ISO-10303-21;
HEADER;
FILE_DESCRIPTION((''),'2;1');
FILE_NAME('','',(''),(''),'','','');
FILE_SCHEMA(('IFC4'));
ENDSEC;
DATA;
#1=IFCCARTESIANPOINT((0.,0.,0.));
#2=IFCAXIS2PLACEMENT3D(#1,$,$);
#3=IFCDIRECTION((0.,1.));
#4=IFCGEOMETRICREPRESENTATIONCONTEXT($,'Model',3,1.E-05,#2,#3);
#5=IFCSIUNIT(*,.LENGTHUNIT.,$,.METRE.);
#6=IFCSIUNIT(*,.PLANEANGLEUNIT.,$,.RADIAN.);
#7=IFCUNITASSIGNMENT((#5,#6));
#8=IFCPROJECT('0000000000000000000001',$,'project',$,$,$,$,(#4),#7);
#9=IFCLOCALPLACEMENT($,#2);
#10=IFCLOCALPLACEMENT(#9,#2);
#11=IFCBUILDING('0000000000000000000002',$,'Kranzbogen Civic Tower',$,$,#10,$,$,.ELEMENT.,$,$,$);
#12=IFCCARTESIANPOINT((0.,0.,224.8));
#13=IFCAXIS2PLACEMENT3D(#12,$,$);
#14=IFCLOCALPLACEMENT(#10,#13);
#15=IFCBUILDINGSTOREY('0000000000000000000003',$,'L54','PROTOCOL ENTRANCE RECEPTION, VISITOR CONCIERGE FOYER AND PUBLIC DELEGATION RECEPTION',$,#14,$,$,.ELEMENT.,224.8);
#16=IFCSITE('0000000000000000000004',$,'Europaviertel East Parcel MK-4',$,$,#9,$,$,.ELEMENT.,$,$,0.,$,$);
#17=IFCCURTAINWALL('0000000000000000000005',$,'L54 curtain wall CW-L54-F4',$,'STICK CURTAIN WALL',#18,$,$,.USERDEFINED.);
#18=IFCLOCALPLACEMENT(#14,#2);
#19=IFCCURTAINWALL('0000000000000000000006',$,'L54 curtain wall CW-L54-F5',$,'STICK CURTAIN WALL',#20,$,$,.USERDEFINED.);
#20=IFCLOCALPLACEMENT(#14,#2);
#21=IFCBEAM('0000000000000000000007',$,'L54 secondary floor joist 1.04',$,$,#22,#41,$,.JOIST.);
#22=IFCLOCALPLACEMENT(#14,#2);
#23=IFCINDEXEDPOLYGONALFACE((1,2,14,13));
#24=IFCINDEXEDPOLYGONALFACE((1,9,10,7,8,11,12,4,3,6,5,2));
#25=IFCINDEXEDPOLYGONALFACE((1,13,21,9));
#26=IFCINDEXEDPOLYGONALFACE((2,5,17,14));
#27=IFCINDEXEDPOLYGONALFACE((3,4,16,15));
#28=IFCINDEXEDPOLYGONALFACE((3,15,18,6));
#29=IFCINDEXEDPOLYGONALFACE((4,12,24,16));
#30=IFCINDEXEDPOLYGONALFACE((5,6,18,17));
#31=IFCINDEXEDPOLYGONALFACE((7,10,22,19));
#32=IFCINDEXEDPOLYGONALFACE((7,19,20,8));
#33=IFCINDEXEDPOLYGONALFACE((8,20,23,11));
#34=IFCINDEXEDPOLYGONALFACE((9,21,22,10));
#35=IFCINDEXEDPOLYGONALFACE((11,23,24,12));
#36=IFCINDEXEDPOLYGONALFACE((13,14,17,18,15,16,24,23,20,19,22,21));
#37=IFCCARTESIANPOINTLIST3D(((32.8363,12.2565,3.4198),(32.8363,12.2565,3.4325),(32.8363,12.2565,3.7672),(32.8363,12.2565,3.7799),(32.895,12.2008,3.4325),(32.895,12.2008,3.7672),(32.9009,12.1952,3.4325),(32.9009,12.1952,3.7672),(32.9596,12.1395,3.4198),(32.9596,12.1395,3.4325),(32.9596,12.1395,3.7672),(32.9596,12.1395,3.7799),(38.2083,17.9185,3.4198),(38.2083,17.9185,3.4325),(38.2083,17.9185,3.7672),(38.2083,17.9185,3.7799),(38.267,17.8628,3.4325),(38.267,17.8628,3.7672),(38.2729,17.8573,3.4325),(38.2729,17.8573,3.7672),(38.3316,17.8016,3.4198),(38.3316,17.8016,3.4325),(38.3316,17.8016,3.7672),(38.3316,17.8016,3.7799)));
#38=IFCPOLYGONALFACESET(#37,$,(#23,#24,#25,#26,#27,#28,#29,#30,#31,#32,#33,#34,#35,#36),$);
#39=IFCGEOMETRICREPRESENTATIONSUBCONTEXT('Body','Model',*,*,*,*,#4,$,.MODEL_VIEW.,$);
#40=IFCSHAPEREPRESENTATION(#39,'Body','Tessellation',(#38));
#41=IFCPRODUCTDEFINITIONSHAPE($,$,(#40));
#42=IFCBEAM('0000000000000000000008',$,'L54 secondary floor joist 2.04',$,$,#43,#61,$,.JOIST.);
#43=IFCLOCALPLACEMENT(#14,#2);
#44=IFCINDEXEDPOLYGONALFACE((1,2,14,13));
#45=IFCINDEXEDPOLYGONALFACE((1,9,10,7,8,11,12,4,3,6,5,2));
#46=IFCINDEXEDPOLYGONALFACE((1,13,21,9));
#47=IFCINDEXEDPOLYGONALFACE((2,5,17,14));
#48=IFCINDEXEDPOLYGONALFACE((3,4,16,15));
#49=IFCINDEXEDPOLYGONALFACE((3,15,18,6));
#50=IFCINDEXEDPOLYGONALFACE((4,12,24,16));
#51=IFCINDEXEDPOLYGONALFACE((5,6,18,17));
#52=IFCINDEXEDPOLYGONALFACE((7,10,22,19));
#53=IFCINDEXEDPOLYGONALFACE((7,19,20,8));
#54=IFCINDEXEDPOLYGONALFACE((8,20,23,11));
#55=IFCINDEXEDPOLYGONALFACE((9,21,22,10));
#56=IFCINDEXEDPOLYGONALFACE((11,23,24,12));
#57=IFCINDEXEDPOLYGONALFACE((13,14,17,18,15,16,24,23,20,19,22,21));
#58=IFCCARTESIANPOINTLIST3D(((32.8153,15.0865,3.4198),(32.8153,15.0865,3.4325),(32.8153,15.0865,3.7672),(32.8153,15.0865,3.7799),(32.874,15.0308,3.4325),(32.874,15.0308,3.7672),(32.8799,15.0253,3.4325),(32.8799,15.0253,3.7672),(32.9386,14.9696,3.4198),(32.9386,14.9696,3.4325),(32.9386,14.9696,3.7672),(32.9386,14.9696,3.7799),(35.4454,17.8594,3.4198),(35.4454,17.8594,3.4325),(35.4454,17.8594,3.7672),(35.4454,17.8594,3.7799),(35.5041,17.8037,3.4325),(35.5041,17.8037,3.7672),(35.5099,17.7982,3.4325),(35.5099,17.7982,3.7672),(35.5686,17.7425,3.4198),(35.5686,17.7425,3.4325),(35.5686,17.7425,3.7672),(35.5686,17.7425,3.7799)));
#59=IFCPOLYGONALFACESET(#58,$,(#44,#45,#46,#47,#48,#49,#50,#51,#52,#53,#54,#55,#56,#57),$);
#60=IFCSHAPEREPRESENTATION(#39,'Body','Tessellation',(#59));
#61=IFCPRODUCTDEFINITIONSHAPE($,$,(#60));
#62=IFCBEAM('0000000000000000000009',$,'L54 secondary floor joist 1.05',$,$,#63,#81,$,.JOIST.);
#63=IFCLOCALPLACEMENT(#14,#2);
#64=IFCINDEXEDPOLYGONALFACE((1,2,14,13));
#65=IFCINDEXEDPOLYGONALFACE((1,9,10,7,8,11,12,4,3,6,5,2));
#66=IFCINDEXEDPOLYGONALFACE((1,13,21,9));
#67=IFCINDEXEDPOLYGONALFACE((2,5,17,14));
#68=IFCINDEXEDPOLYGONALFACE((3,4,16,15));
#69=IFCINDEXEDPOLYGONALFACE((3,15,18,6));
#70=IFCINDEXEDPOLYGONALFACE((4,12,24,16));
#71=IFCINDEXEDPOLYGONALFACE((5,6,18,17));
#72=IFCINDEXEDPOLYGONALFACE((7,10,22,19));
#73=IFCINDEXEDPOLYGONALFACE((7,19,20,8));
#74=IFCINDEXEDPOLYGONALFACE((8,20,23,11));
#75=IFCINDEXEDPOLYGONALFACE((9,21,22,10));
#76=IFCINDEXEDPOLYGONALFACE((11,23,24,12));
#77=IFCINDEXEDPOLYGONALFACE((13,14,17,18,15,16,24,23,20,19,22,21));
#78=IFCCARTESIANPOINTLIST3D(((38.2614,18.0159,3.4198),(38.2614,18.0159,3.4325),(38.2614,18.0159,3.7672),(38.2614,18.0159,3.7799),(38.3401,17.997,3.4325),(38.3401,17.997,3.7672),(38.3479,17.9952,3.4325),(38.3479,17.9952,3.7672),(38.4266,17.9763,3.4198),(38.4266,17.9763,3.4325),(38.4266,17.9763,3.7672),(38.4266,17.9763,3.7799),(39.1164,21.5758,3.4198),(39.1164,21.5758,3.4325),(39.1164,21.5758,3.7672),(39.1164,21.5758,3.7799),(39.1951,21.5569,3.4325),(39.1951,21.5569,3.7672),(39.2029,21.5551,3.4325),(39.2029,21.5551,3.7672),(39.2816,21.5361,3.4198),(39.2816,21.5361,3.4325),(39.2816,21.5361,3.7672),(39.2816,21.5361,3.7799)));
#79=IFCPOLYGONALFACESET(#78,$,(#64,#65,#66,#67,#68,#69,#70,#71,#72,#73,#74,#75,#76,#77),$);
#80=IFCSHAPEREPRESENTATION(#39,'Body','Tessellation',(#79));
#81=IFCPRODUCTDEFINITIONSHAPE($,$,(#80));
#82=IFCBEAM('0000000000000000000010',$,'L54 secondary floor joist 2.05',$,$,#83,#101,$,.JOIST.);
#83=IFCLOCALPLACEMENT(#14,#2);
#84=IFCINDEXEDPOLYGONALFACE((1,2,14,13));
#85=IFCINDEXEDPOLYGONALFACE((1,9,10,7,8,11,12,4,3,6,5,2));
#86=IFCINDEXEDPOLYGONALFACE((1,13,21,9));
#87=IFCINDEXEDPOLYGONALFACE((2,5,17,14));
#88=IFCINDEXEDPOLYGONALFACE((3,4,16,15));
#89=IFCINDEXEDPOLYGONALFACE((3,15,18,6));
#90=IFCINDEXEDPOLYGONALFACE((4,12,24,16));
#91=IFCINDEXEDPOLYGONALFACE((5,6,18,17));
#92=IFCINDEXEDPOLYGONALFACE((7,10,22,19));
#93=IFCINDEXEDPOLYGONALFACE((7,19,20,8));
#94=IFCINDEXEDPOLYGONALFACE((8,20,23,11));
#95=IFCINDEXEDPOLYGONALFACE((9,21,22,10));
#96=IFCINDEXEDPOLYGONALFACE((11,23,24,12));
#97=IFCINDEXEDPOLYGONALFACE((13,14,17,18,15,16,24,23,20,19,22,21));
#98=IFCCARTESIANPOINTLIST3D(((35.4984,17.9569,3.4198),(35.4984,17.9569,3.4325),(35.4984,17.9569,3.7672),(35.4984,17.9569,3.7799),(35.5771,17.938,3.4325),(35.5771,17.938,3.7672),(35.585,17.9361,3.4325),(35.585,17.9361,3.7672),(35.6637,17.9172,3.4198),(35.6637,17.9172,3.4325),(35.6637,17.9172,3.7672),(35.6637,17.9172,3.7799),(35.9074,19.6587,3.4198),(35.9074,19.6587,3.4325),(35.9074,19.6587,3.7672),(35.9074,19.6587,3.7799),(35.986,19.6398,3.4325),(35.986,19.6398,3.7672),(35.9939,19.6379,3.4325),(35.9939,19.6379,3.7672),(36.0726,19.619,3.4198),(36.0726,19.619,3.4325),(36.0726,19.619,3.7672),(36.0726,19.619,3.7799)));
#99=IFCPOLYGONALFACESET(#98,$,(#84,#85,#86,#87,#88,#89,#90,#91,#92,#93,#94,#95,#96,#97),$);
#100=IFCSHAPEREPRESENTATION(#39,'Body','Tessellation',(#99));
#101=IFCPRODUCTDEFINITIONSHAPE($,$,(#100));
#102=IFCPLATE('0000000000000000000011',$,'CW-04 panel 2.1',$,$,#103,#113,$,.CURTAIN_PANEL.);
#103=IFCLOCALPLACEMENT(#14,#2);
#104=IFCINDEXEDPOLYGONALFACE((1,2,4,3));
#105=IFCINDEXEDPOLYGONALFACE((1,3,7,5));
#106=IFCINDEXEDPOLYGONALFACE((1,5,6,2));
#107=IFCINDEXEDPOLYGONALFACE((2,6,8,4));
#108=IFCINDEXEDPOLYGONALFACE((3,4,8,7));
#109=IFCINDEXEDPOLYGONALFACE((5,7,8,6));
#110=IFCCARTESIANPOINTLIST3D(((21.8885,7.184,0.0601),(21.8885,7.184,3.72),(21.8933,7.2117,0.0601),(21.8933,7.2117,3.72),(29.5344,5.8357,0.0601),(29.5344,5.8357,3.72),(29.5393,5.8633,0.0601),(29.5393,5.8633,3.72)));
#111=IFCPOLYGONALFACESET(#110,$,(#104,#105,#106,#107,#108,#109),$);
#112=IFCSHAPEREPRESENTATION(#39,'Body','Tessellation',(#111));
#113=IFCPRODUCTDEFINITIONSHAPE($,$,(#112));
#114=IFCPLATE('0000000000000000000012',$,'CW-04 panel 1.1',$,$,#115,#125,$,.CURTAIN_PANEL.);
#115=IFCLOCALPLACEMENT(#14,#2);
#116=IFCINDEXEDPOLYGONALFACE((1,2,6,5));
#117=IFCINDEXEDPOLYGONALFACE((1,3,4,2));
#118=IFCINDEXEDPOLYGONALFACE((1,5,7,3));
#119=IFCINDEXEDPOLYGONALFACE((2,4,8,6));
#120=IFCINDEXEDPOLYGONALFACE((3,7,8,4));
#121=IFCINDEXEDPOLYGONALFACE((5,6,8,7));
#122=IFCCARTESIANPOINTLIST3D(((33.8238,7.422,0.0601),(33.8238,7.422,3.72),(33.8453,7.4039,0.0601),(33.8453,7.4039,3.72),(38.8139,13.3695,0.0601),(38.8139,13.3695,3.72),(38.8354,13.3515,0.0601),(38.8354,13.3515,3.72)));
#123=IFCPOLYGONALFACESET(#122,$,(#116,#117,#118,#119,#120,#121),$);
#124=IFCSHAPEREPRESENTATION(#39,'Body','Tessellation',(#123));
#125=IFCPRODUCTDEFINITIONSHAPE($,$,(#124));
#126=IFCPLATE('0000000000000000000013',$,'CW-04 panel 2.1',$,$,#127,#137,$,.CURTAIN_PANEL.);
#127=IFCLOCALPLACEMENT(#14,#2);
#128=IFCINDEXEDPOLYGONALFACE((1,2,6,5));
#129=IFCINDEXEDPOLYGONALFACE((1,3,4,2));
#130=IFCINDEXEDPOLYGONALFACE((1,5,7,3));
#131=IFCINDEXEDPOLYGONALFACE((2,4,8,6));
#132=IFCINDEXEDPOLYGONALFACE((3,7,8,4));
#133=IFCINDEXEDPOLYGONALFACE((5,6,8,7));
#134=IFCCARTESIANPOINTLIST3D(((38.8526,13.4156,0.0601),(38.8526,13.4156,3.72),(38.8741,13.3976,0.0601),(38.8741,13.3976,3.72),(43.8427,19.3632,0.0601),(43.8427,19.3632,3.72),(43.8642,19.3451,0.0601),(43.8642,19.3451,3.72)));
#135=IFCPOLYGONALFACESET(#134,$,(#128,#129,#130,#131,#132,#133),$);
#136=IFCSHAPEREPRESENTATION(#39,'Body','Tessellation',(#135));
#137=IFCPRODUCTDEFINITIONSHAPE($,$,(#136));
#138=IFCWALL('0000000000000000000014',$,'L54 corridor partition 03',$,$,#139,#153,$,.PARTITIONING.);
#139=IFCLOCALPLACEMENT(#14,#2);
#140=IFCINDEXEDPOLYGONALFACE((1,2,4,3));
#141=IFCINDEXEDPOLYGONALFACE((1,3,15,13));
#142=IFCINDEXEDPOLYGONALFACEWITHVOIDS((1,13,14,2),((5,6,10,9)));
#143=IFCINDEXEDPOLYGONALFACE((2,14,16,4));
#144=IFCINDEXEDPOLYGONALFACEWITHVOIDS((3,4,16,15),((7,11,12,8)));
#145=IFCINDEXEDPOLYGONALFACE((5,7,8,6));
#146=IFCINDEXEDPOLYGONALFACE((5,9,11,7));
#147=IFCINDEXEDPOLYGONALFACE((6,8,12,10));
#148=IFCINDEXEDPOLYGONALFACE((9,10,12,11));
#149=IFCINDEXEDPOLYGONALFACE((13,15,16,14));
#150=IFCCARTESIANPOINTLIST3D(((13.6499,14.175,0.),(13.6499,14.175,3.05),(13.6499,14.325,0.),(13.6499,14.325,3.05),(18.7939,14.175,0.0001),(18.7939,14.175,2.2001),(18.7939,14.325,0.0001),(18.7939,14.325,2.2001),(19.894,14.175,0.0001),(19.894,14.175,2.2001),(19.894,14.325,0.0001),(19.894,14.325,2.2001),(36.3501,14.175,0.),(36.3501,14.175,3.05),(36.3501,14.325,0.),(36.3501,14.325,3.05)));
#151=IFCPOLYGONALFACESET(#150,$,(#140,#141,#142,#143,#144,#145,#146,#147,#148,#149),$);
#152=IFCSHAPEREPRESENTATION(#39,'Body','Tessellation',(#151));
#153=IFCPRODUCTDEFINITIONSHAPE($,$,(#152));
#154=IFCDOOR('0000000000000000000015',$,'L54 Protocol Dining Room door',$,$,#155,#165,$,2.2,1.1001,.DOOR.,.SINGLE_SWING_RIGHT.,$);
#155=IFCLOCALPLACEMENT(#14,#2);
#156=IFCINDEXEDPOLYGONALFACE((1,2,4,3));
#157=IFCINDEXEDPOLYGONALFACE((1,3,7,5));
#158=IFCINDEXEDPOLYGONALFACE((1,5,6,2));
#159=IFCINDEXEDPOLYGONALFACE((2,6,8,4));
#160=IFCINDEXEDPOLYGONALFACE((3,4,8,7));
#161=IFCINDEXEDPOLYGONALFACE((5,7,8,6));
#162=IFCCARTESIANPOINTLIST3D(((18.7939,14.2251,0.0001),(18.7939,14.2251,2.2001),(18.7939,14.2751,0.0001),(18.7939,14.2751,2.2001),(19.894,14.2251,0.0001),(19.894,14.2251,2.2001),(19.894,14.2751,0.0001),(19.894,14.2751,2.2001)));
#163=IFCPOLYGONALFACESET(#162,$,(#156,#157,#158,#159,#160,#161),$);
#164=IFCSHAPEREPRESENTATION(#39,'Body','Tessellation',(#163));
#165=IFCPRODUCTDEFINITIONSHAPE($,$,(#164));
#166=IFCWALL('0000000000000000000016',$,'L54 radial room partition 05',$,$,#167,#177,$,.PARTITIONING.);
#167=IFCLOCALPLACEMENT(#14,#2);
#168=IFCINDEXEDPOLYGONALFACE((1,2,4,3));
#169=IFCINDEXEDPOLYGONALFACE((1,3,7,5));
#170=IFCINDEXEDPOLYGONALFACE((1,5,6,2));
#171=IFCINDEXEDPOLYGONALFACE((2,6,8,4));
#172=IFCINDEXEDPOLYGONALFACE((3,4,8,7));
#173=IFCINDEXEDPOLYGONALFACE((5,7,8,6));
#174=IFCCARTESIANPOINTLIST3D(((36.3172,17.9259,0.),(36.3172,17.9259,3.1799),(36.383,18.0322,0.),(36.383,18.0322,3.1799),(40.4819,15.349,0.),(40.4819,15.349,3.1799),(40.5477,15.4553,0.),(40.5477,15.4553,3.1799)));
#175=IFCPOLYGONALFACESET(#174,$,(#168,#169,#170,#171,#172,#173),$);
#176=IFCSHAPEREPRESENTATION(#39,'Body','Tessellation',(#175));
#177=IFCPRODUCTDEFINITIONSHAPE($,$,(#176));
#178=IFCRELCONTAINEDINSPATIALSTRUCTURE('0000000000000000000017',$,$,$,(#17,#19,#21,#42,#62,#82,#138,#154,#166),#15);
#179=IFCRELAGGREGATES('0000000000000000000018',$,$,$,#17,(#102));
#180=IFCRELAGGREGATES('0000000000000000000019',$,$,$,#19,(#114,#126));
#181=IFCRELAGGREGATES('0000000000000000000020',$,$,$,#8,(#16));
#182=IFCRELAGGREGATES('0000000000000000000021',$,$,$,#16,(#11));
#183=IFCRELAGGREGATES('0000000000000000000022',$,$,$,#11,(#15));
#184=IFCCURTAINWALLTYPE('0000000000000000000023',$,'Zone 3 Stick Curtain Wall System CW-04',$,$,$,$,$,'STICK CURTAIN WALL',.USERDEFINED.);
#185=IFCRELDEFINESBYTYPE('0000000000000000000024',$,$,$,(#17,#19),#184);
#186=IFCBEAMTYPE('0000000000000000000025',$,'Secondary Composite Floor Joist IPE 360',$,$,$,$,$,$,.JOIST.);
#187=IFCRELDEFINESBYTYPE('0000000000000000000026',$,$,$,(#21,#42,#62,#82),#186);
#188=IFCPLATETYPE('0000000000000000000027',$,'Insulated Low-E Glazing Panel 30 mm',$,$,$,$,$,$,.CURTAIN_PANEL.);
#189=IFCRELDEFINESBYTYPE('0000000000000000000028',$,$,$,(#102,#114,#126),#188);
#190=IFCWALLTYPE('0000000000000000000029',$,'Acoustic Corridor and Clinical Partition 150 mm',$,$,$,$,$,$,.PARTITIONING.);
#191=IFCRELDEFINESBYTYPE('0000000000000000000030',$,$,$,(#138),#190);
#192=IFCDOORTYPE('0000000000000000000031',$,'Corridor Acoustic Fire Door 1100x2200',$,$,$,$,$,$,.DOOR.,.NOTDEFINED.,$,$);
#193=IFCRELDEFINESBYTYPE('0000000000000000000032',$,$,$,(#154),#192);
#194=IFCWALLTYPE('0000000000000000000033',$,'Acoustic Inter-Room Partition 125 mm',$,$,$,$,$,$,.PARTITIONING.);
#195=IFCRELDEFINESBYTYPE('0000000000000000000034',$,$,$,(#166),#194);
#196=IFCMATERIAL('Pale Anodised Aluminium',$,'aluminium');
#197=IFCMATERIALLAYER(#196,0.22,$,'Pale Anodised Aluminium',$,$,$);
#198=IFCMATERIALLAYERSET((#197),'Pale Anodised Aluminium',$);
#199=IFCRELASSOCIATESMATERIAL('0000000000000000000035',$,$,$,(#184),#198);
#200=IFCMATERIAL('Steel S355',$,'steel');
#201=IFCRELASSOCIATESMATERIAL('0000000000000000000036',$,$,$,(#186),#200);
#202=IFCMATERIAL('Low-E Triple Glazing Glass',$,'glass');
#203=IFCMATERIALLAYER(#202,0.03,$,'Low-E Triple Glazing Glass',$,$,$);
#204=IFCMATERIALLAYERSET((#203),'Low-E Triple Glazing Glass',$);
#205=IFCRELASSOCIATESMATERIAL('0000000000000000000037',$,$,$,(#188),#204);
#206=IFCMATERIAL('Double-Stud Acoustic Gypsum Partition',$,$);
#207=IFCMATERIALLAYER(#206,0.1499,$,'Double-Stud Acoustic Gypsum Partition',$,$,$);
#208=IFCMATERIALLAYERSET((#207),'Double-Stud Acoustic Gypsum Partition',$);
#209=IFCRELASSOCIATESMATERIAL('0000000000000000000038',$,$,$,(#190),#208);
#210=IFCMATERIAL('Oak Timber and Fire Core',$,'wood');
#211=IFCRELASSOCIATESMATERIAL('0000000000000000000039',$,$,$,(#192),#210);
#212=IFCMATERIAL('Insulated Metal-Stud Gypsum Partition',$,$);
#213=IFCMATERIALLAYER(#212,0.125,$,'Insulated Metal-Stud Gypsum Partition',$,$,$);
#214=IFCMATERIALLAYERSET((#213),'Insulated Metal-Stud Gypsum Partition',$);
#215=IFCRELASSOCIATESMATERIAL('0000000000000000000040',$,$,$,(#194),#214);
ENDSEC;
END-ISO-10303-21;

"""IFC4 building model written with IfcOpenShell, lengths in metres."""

from ifc_helpers import new_model, si_unit, direction, frame, frame_2d, origin, origin_2d, place, context, subcontext, project, spatial, rectangle, i_section, extrude, material, layer, layer_set, material_profile, profile_set, type_object, element, fill, aggregate, save


model = new_model("IFC4")

# Units and contexts
model_context = context("Model", 3, precision=1e-05, world=origin(), true_north=direction((0.0, 1.0)))
body_context = subcontext(model_context, "Body", "Model", "MODEL_VIEW")
ifc_project = project(units=[si_unit("LENGTHUNIT", "METRE"), si_unit("PLANEANGLEUNIT", "RADIAN")], contexts=[model_context])

# Site, building, storey
site_placement = place(None, origin())
site = spatial("IfcSite", under=ifc_project, at=site_placement, Name="Europaviertel East Parcel MK-4", CompositionType="ELEMENT", RefElevation=0.0)
building_placement = place(site_placement, origin())
building = spatial("IfcBuilding", under=site, at=building_placement, Name="Kranzbogen Civic Tower", CompositionType="ELEMENT")
storey_placement = place(building_placement, frame((0.0, 0.0, 224.8)))
storey = spatial("IfcBuildingStorey", under=building, at=storey_placement, Name="L54", Description="PROTOCOL ENTRANCE RECEPTION, VISITOR CONCIERGE FOYER AND PUBLIC DELEGATION RECEPTION", CompositionType="ELEMENT", Elevation=224.8)

# Shared definitions
ifc_material_1 = material(Name="Steel S355", Category="steel")

# Curtain wall
ifc_material_2 = material(Name="Pale Anodised Aluminium", Category="aluminium")
ifc_layer_1 = layer(ifc_material_2, 0.22, Name="Pale Anodised Aluminium")
ifc_layer_set_1 = layer_set([ifc_layer_1], Name="Pale Anodised Aluminium")
curtain_wall_type = type_object("IfcCurtainWallType", Name="Zone 3 Stick Curtain Wall System CW-04", ElementType="STICK CURTAIN WALL", PredefinedType="USERDEFINED", material=ifc_layer_set_1)
curtain_wall_1_placement = place(storey_placement, origin())
curtain_wall_1 = element("IfcCurtainWall", 1, at=curtain_wall_1_placement, inside=storey, type_object=curtain_wall_type, Name="L54 curtain wall CW-L54-F4", ObjectType="STICK CURTAIN WALL", PredefinedType="USERDEFINED")

# Curtain wall
curtain_wall_2_placement = place(storey_placement, origin())
curtain_wall_2 = element("IfcCurtainWall", 2, at=curtain_wall_2_placement, inside=storey, type_object=curtain_wall_type, Name="L54 curtain wall CW-L54-F5", ObjectType="STICK CURTAIN WALL", PredefinedType="USERDEFINED")

# Beams
ifc_material_profile_1 = material_profile(ifc_material_1, i_section(OverallWidth=0.1699, OverallDepth=0.3601, WebThickness=0.0081, FlangeThickness=0.0127, at=origin_2d()), Name="IPE 360")
ifc_profile_set_1 = profile_set([ifc_material_profile_1], Name="Steel S355")
beam_type_1 = type_object("IfcBeamType", Name="Secondary Composite Floor Joist IPE 360", PredefinedType="JOIST", material=ifc_profile_set_1)
beam_1_placement = place(storey_placement, frame((32.8979, 12.198, 3.5999), z_axis=(0.688282, 0.725443, 0.0), x_axis=(-0.725443, 0.688282, 0.0)))
element("IfcBeam", 3, at=beam_1_placement, inside=storey, type_object=beam_type_1, Name="L54 secondary floor joist 1.04", PredefinedType="JOIST", context=body_context, shape_type="SweptSolid", body=[
    extrude(i_section(OverallWidth=0.1699, OverallDepth=0.3601, WebThickness=0.0081, FlangeThickness=0.0127, at=origin_2d()), origin(), (0.0, 0.0, 1.0), 7.8049),
])
beam_2_placement = place(storey_placement, frame((32.877, 15.0281, 3.5999), z_axis=(0.688175, 0.725545, 0.0), x_axis=(-0.725545, 0.688175, 0.0)))
element("IfcBeam", 4, at=beam_2_placement, inside=storey, type_object=beam_type_1, Name="L54 secondary floor joist 2.04", PredefinedType="JOIST", context=body_context, shape_type="SweptSolid", body=[
    extrude(i_section(OverallWidth=0.1699, OverallDepth=0.3601, WebThickness=0.0081, FlangeThickness=0.0127, at=origin_2d()), origin(), (0.0, 0.0, 1.0), 3.8218),
])
beam_3_placement = place(storey_placement, frame((38.344, 17.9961, 3.5999), z_axis=(0.233534, 0.972349, 0.0), x_axis=(-0.972349, 0.233534, 0.0)))
element("IfcBeam", 5, at=beam_3_placement, inside=storey, type_object=beam_type_1, Name="L54 secondary floor joist 1.05", PredefinedType="JOIST", context=body_context, shape_type="SweptSolid", body=[
    extrude(i_section(OverallWidth=0.1699, OverallDepth=0.3601, WebThickness=0.0081, FlangeThickness=0.0127, at=origin_2d()), origin(), (0.0, 0.0, 1.0), 3.6611),
])
beam_4_placement = place(storey_placement, frame((35.5811, 17.937, 3.5999), z_axis=(0.233631, 0.972325, 0.0), x_axis=(-0.972325, 0.233631, 0.0)))
element("IfcBeam", 6, at=beam_4_placement, inside=storey, type_object=beam_type_1, Name="L54 secondary floor joist 2.05", PredefinedType="JOIST", context=body_context, shape_type="SweptSolid", body=[
    extrude(i_section(OverallWidth=0.1699, OverallDepth=0.3601, WebThickness=0.0081, FlangeThickness=0.0127, at=origin_2d()), origin(), (0.0, 0.0, 1.0), 1.7502),
])

# Plates
ifc_material_3 = material(Name="Low-E Triple Glazing Glass", Category="glass")
ifc_layer_2 = layer(ifc_material_3, 0.03, Name="Low-E Triple Glazing Glass")
ifc_layer_set_2 = layer_set([ifc_layer_2], Name="Low-E Triple Glazing Glass")
plate_type = type_object("IfcPlateType", Name="Insulated Low-E Glazing Panel 30 mm", PredefinedType="CURTAIN_PANEL", material=ifc_layer_set_2)
plate_1_placement = place(storey_placement, frame((25.7139, 6.5237, 0.0601), z_axis=(0.0, 0.0, 1.0), x_axis=(0.984803, -0.173673, 0.0)))
plate_1 = element("IfcPlate", 7, at=plate_1_placement, type_object=plate_type, Name="CW-04 panel 2.1", PredefinedType="CURTAIN_PANEL", context=body_context, shape_type="SweptSolid", body=[
    extrude(rectangle(XDim=7.7639, YDim=0.0281, at=origin_2d()), origin(), (0.0, 0.0, 1.0), 3.6599),
])
aggregate(curtain_wall_1, [plate_1])
plate_2_placement = place(storey_placement, frame((36.3296, 10.3867, 0.0601), z_axis=(0.0, 0.0, 1.0), x_axis=(0.642755, 0.766072, 0.0)))
plate_2 = element("IfcPlate", 8, at=plate_2_placement, type_object=plate_type, Name="CW-04 panel 1.1", PredefinedType="CURTAIN_PANEL", context=body_context, shape_type="SweptSolid", body=[
    extrude(rectangle(XDim=7.7637, YDim=0.0281, at=origin_2d()), origin(), (0.0, 0.0, 1.0), 3.6599),
])
plate_3_placement = place(storey_placement, frame((41.3584, 16.3804, 0.0601), z_axis=(0.0, 0.0, 1.0), x_axis=(0.642755, 0.766072, 0.0)))
plate_3 = element("IfcPlate", 9, at=plate_3_placement, type_object=plate_type, Name="CW-04 panel 2.1", PredefinedType="CURTAIN_PANEL", context=body_context, shape_type="SweptSolid", body=[
    extrude(rectangle(XDim=7.7637, YDim=0.0281, at=origin_2d()), origin(), (0.0, 0.0, 1.0), 3.6599),
])
aggregate(curtain_wall_2, [plate_2, plate_3])

# Wall, opening, door
ifc_material_4 = material(Name="Double-Stud Acoustic Gypsum Partition")
ifc_layer_3 = layer(ifc_material_4, 0.1499, Name="Double-Stud Acoustic Gypsum Partition")
ifc_layer_set_3 = layer_set([ifc_layer_3], Name="Double-Stud Acoustic Gypsum Partition")
wall_type_1 = type_object("IfcWallType", Name="Acoustic Corridor and Clinical Partition 150 mm", PredefinedType="PARTITIONING", material=ifc_layer_set_3)
wall_1_placement = place(storey_placement, frame((36.3501, 14.25, 0.0), z_axis=(0.0, 0.0, 1.0), x_axis=(-1.0, 0.0, 0.0)))
wall_1 = element("IfcWall", 10, at=wall_1_placement, inside=storey, type_object=wall_type_1, Name="L54 corridor partition 03", PredefinedType="PARTITIONING", context=body_context, shape_type="SweptSolid", body=[
    extrude(rectangle(XDim=22.7002, YDim=0.1499, at=frame_2d((11.3501, 0.0))), origin(), (0.0, 0.0, 1.0), 3.05),
])
opening_placement = place(wall_1_placement, frame((16.4561, 0.0, 0.0)))
opening = element("IfcOpeningElement", 11, at=opening_placement, cuts=wall_1, PredefinedType="OPENING", context=body_context, shape_type="SweptSolid", body=[
    extrude(rectangle(XDim=1.1001, YDim=2.2, at=frame_2d((0.55, 1.1001))), frame((0.0, 0.085, 0.0), z_axis=(0.0, -1.0, 0.0), x_axis=(1.0, 0.0, 0.0)), (0.0, 0.0, 1.0), 0.1699),
])
ifc_material_5 = material(Name="Oak Timber and Fire Core", Category="wood")
door_type = type_object("IfcDoorType", Name="Corridor Acoustic Fire Door 1100x2200", OperationType="NOTDEFINED", PredefinedType="DOOR", material=ifc_material_5)
door_placement = place(opening_placement, origin())
door = element("IfcDoor", 12, at=door_placement, inside=storey, type_object=door_type, Name="L54 Protocol Dining Room door", OperationType="SINGLE_SWING_RIGHT", OverallHeight=2.2, OverallWidth=1.1001, PredefinedType="DOOR", context=body_context, shape_type="SweptSolid", body=[
    extrude(rectangle(XDim=1.1001, YDim=2.2, at=frame_2d((0.55, 1.1001))), frame((0.0, 0.0249, 0.0), z_axis=(0.0, -1.0, 0.0), x_axis=(1.0, 0.0, 0.0)), (0.0, 0.0, 1.0), 0.05),
])
fill(opening, door)

# Wall
ifc_material_6 = material(Name="Insulated Metal-Stud Gypsum Partition")
ifc_layer_4 = layer(ifc_material_6, 0.125, Name="Insulated Metal-Stud Gypsum Partition")
ifc_layer_set_4 = layer_set([ifc_layer_4], Name="Insulated Metal-Stud Gypsum Partition")
wall_type_2 = type_object("IfcWallType", Name="Acoustic Inter-Room Partition 125 mm", PredefinedType="PARTITIONING", material=ifc_layer_set_4)
wall_2_placement = place(storey_placement, frame((36.3501, 17.979, 0.0), z_axis=(0.0, 0.0, 1.0), x_axis=(0.850384, -0.526162, 0.0)))
element("IfcWall", 13, at=wall_2_placement, inside=storey, type_object=wall_type_2, Name="L54 radial room partition 05", PredefinedType="PARTITIONING", context=body_context, shape_type="SweptSolid", body=[
    extrude(rectangle(XDim=4.8975, YDim=0.125, at=frame_2d((2.4487, 0.0))), origin(), (0.0, 0.0, 1.0), 3.1799),
])

save(model, "model.ifc")
